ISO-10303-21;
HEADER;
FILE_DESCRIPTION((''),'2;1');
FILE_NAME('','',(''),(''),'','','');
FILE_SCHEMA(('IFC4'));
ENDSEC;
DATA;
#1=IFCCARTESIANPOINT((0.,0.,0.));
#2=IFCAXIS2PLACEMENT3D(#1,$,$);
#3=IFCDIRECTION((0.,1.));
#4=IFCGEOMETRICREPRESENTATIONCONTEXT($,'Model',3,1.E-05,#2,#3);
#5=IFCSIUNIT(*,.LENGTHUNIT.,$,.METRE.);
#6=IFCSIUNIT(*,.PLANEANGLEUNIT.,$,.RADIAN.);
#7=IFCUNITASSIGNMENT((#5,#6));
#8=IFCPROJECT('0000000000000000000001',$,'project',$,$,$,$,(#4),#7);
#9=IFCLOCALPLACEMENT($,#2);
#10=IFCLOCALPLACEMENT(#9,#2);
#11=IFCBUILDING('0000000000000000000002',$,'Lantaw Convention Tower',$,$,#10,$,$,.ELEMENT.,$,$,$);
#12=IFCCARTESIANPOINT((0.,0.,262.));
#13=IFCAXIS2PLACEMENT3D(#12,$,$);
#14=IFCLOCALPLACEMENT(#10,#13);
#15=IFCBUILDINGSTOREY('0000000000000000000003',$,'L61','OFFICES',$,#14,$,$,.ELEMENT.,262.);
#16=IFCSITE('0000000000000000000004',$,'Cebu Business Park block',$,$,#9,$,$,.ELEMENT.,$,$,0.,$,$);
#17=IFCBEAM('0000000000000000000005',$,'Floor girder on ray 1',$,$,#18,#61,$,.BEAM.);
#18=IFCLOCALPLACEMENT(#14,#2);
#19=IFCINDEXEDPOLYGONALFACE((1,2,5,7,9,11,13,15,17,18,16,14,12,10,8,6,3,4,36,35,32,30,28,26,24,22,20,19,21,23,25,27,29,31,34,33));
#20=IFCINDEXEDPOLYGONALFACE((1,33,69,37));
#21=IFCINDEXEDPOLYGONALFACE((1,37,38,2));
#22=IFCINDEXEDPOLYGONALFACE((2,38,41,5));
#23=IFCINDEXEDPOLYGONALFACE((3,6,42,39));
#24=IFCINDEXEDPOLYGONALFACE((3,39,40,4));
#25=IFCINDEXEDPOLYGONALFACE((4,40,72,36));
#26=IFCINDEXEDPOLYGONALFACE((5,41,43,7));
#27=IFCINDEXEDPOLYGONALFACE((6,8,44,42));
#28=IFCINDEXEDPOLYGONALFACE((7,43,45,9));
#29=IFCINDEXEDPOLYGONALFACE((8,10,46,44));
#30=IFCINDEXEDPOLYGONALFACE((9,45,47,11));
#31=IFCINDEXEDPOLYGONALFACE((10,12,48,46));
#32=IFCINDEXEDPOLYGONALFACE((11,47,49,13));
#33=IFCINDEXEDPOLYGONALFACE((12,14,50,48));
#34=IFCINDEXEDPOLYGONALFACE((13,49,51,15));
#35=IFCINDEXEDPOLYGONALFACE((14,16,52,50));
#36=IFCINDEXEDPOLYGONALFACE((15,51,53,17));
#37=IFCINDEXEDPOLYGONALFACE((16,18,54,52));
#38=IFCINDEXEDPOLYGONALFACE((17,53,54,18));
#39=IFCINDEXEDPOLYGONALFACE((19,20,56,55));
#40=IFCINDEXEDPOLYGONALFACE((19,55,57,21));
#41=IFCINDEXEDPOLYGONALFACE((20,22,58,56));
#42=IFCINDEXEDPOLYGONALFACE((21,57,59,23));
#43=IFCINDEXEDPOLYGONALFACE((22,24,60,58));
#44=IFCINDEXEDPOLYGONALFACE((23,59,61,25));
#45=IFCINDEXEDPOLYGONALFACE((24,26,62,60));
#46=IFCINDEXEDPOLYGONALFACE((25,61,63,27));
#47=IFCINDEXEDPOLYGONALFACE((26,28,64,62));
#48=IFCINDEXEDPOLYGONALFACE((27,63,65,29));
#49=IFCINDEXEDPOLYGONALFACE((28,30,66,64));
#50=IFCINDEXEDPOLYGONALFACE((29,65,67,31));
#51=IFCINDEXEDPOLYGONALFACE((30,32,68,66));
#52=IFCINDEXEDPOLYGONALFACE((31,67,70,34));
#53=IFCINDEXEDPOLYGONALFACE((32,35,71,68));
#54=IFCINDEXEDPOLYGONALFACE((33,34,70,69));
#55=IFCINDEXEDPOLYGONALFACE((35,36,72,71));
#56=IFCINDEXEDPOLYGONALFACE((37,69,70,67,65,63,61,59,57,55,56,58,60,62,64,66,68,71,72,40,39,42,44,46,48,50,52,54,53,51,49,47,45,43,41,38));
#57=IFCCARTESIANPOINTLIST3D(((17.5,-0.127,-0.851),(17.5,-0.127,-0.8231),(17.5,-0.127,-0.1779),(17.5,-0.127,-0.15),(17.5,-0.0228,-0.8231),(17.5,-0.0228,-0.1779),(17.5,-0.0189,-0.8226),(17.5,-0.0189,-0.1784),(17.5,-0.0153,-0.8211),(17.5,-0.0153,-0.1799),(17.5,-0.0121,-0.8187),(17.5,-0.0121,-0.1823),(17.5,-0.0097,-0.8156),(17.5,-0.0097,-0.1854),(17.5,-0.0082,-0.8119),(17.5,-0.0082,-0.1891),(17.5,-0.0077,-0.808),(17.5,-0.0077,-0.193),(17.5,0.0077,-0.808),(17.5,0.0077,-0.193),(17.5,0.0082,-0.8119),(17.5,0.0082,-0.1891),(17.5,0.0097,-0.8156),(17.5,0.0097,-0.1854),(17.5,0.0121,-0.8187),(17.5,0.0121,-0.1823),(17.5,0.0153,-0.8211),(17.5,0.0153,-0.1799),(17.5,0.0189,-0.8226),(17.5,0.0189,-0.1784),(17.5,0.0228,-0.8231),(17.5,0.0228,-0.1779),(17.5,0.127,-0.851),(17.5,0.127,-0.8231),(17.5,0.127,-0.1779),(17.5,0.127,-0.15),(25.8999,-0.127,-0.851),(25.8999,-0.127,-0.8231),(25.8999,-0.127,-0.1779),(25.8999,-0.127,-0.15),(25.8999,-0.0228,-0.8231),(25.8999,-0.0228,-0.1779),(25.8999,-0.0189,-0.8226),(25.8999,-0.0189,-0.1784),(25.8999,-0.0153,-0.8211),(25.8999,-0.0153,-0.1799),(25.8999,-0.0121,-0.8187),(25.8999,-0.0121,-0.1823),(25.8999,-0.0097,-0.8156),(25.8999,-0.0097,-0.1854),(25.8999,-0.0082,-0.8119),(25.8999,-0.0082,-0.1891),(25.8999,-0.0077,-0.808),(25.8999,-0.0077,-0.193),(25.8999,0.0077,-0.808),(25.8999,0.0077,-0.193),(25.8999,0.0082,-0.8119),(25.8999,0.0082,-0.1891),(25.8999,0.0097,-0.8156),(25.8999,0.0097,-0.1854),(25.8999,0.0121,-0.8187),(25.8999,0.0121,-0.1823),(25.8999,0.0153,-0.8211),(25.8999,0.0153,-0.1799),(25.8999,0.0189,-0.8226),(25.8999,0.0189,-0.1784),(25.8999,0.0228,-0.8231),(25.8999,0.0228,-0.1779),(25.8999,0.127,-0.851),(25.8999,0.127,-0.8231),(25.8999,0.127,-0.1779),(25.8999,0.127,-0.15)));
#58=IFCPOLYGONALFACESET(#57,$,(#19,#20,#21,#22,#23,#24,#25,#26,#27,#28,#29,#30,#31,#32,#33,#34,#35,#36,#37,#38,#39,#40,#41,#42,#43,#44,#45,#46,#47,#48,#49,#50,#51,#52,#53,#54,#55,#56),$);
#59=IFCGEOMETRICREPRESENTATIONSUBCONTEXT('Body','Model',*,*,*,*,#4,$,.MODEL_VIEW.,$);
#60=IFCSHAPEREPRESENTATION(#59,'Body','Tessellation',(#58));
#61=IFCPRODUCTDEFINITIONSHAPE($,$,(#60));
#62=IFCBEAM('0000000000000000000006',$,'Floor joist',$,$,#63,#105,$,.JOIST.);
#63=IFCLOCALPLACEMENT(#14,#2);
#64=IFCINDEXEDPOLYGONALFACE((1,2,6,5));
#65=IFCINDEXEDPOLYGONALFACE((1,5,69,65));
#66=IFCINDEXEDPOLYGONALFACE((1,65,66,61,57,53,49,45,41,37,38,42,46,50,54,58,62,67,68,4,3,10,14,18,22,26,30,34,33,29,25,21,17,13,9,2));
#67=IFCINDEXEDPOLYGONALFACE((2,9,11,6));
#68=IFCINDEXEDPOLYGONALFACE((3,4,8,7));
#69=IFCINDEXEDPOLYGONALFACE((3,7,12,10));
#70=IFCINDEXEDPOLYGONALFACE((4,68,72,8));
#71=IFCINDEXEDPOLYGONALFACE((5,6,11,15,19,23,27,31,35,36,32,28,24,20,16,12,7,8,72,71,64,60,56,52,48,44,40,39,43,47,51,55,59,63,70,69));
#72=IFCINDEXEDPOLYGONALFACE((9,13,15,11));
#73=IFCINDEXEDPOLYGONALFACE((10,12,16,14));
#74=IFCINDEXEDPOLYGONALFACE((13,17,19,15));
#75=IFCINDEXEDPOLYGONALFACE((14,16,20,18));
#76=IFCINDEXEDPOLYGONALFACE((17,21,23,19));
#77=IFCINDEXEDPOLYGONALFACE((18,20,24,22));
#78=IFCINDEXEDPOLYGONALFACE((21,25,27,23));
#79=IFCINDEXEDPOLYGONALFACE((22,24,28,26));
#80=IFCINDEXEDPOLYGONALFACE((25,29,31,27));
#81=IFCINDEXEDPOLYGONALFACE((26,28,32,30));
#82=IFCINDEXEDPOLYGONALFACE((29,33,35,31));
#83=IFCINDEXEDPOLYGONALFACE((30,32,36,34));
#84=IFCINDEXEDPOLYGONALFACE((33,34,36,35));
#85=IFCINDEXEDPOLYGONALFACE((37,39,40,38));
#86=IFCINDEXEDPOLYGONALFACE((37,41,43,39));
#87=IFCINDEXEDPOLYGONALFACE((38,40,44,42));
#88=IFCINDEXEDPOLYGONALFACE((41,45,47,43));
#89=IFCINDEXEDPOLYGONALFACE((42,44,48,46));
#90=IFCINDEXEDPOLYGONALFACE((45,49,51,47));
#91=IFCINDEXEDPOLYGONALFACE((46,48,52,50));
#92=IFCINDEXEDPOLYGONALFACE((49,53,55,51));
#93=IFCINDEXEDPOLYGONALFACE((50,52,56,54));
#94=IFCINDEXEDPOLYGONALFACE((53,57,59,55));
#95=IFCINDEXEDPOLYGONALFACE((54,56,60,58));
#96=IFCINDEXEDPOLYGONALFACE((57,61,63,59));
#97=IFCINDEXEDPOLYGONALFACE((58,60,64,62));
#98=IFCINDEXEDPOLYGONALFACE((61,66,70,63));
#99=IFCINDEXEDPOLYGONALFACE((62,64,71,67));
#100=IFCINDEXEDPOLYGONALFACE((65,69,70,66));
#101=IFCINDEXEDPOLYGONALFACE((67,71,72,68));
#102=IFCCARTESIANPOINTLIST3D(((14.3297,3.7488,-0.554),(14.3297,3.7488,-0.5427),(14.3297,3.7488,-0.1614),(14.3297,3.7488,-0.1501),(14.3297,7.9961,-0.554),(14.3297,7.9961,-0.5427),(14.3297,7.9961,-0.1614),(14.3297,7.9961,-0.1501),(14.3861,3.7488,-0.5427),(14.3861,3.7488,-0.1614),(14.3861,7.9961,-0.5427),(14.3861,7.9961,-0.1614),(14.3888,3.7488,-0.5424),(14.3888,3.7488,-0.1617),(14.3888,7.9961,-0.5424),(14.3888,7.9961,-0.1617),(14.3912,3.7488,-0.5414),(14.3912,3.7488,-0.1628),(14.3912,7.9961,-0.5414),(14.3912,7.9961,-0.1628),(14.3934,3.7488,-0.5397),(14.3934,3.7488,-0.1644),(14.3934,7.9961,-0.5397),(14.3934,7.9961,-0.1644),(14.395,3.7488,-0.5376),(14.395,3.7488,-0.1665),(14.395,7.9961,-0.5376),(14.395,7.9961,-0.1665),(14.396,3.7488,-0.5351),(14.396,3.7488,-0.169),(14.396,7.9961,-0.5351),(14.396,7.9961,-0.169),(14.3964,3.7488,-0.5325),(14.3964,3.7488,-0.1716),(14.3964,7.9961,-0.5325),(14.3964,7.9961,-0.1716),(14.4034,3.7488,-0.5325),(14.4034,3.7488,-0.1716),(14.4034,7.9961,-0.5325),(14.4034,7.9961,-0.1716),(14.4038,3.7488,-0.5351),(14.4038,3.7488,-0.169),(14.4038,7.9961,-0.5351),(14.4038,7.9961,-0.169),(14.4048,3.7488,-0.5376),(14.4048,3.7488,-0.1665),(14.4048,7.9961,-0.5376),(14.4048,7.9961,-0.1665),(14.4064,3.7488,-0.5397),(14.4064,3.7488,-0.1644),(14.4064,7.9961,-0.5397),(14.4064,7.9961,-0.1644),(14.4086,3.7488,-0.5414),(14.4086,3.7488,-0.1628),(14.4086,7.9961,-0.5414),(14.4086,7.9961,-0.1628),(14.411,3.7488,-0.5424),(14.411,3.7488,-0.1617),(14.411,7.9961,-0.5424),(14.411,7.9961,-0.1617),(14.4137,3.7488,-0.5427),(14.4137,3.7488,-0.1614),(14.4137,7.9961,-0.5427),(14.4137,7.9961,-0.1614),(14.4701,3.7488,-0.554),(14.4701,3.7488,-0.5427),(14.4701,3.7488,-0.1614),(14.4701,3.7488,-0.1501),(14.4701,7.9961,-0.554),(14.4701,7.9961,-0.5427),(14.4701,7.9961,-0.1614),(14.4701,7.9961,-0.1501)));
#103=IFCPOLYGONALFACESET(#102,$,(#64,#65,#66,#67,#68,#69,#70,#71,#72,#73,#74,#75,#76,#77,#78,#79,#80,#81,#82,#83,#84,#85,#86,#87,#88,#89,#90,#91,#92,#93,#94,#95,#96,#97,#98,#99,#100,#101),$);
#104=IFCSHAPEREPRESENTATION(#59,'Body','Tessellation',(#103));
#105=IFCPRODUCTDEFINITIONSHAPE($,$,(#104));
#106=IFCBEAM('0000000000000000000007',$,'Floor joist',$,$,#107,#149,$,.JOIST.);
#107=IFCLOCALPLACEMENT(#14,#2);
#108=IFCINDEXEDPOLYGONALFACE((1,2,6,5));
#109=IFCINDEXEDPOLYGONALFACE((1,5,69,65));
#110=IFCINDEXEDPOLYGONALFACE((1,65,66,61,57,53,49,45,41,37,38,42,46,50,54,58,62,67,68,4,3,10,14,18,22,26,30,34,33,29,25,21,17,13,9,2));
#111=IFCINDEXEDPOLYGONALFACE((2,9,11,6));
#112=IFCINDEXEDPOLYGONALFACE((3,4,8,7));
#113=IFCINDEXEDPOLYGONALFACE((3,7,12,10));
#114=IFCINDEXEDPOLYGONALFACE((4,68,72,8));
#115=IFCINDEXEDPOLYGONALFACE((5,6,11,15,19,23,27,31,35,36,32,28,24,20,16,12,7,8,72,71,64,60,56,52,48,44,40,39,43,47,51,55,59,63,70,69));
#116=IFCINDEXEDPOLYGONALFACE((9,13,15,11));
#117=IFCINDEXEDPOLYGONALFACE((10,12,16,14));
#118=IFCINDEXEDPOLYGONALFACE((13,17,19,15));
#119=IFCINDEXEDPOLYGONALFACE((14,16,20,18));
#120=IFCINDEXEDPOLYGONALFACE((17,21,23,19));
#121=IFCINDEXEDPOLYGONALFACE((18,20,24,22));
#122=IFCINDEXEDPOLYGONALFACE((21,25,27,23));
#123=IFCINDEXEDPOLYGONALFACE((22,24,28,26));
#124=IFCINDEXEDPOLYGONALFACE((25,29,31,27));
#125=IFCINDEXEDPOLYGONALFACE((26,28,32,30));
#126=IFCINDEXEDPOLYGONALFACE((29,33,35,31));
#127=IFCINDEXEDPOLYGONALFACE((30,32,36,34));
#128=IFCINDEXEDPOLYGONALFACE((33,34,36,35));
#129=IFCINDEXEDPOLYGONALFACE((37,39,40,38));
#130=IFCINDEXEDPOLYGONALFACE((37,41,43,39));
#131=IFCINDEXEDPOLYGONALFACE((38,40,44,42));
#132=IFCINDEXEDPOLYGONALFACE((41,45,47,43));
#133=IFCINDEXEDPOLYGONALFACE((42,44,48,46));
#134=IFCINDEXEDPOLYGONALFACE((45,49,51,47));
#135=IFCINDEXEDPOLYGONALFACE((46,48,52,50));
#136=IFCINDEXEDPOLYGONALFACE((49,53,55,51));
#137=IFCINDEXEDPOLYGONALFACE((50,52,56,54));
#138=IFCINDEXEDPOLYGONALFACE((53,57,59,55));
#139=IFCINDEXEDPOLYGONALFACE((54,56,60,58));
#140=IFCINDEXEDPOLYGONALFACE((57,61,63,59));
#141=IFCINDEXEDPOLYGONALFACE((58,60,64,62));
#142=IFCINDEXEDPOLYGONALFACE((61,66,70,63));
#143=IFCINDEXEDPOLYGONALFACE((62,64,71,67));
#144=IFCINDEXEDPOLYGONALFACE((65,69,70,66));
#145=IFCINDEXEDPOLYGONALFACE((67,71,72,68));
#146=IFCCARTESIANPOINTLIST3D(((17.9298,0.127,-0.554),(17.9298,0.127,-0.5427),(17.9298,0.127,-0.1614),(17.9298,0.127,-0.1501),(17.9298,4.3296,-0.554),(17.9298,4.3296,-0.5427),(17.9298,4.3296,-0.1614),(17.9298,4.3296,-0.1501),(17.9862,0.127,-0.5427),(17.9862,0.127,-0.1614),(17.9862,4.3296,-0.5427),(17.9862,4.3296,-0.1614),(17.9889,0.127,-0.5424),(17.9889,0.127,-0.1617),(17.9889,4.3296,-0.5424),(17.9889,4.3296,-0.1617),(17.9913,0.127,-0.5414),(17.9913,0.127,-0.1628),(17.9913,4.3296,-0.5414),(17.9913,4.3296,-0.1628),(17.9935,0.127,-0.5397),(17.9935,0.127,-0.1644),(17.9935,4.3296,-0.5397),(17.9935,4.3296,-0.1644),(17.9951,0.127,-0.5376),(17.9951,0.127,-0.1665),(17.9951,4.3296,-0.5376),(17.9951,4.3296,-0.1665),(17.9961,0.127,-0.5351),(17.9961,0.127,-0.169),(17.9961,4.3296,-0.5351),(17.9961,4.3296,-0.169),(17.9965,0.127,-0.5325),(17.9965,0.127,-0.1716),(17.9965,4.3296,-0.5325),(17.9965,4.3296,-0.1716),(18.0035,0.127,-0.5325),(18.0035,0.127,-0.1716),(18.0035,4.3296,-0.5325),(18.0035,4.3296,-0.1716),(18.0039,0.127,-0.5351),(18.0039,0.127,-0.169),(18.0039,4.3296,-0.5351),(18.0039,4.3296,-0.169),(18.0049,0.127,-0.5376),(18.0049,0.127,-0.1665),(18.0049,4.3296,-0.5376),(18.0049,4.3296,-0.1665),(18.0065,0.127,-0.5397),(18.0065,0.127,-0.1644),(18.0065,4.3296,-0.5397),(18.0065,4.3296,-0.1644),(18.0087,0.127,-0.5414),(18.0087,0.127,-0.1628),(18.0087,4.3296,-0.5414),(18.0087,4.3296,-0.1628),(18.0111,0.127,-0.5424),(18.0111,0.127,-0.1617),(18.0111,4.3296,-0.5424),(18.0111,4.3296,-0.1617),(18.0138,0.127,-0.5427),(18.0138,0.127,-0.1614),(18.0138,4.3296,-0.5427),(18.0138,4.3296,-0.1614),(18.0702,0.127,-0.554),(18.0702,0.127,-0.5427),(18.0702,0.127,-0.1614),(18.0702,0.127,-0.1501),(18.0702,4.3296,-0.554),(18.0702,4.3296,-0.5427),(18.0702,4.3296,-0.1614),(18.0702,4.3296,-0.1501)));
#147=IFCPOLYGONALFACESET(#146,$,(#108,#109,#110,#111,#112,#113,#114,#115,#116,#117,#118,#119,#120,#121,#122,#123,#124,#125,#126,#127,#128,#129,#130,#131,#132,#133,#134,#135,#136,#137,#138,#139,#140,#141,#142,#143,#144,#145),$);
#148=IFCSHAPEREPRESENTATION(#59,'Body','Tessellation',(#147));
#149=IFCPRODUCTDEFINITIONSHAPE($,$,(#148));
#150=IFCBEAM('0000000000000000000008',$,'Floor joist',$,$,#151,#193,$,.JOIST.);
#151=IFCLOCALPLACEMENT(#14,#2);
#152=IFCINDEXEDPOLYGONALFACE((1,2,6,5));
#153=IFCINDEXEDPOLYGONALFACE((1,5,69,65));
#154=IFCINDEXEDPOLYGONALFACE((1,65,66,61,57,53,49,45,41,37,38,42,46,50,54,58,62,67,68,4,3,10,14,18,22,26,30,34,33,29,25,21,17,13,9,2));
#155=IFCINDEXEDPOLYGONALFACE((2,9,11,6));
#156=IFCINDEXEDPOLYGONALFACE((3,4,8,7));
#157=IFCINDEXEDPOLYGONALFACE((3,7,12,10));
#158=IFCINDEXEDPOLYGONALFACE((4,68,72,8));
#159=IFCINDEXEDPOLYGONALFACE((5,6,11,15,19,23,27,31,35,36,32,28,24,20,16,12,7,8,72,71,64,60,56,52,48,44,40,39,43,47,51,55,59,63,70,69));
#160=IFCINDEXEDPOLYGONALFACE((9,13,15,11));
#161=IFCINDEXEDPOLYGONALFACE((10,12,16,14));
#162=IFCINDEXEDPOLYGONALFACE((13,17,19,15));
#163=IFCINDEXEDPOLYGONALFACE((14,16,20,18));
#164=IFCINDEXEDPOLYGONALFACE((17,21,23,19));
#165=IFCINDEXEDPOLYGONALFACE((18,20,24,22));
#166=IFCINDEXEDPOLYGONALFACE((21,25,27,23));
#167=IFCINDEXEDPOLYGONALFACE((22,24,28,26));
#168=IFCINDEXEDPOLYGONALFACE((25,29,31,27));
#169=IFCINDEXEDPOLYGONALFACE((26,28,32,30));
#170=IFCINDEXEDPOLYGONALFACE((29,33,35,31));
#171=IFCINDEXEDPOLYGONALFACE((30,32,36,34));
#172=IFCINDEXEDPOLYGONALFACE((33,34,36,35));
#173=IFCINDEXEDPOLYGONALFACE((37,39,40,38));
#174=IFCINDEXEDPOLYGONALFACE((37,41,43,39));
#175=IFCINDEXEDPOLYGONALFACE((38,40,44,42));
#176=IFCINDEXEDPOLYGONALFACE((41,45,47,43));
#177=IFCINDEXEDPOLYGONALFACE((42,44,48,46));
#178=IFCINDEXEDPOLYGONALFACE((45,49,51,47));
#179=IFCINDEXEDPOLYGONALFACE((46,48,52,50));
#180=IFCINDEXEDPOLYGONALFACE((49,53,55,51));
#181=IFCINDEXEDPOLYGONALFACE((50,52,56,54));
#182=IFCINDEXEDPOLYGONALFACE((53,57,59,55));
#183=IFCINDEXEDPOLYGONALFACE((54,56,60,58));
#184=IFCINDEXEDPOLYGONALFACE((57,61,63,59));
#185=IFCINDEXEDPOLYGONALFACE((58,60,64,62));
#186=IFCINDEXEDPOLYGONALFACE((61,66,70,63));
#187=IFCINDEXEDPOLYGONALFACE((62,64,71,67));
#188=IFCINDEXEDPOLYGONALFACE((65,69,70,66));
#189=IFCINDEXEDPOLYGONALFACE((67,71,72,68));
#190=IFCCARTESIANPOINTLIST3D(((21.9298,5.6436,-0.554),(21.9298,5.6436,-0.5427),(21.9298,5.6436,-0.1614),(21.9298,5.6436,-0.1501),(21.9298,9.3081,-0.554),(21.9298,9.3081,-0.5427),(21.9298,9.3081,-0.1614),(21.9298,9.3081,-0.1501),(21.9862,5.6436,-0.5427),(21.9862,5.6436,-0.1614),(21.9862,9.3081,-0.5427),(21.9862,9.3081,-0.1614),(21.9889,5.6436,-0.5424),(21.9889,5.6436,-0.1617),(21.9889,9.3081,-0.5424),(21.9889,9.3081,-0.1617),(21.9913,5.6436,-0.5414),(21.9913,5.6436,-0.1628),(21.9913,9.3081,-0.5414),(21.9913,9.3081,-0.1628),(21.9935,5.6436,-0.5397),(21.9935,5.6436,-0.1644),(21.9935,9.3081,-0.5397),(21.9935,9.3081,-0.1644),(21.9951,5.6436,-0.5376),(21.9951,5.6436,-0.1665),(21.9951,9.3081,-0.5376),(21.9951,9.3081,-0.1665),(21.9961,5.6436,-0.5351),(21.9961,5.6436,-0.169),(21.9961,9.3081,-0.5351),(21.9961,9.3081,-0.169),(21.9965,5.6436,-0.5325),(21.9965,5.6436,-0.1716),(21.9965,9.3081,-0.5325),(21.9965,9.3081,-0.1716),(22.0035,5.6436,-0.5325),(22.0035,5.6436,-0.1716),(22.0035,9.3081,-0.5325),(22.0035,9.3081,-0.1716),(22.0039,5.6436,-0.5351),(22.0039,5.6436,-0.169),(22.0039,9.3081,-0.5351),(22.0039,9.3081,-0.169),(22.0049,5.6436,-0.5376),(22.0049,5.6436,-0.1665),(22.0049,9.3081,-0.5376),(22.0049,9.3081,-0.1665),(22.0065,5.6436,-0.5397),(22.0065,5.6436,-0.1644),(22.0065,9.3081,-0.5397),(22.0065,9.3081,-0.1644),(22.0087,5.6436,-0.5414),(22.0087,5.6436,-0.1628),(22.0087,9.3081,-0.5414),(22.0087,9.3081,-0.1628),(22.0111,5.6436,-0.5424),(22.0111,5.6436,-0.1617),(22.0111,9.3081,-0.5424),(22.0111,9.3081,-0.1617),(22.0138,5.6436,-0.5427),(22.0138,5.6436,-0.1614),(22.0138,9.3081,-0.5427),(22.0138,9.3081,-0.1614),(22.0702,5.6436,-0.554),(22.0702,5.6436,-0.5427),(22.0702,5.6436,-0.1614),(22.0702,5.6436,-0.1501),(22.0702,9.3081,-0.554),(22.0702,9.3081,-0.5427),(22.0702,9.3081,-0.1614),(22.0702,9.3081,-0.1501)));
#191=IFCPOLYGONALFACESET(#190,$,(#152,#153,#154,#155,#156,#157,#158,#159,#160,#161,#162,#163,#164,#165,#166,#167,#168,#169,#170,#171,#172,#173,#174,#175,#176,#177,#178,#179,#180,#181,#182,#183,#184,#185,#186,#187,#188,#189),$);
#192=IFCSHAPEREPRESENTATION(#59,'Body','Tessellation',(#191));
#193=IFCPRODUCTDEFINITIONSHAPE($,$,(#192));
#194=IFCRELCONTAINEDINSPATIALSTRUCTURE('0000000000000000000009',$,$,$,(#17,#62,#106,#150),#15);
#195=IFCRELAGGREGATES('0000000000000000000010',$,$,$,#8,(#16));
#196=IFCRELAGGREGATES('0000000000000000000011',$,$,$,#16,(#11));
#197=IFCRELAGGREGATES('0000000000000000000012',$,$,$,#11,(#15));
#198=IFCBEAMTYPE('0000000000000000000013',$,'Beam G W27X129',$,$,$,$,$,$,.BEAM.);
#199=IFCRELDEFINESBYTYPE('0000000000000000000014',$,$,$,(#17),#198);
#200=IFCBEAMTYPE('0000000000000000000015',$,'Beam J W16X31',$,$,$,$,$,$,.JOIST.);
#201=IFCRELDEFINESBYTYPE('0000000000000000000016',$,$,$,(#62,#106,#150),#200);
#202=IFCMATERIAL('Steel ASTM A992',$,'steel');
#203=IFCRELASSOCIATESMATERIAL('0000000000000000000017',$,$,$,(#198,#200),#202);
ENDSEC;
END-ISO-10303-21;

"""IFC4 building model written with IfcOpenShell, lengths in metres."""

from ifc_helpers import new_model, si_unit, direction, frame, origin, origin_2d, place, context, subcontext, project, spatial, i_section, extrude, material, material_profile, profile_set, type_object, element, save


model = new_model("IFC4")

# Units and contexts
model_context = context("Model", 3, precision=1e-05, world=origin(), true_north=direction((0.0, 1.0)))
body_context = subcontext(model_context, "Body", "Model", "MODEL_VIEW")
ifc_project = project(units=[si_unit("LENGTHUNIT", "METRE"), si_unit("PLANEANGLEUNIT", "RADIAN")], contexts=[model_context])

# Site, building, storey
site_placement = place(None, origin())
site = spatial("IfcSite", under=ifc_project, at=site_placement, Name="Cebu Business Park block", CompositionType="ELEMENT", RefElevation=0.0)
building_placement = place(site_placement, origin())
building = spatial("IfcBuilding", under=site, at=building_placement, Name="Lantaw Convention Tower", CompositionType="ELEMENT")
storey_placement = place(building_placement, frame((0.0, 0.0, 262.0)))
storey = spatial("IfcBuildingStorey", under=building, at=storey_placement, Name="L61", Description="OFFICES", CompositionType="ELEMENT", Elevation=262.0)

# Beams
ifc_material_1 = material(Name="Steel ASTM A992", Category="steel")
ifc_material_profile_1 = material_profile(ifc_material_1, i_section(OverallWidth=0.2539, OverallDepth=0.7009, WebThickness=0.0154, FlangeThickness=0.0278, FilletRadius=0.0151, at=origin_2d()), Name="W27X129")
ifc_profile_set_1 = profile_set([ifc_material_profile_1], Name="Steel ASTM A992")
beam_type_1 = type_object("IfcBeamType", Name="Beam G W27X129", PredefinedType="BEAM", material=ifc_profile_set_1)
beam_1_placement = place(storey_placement, frame((17.5, 0.0, -0.5005), z_axis=(1.0, 0.0, 0.0), x_axis=(0.0, 1.0, 0.0)))
element("IfcBeam", 1, at=beam_1_placement, inside=storey, type_object=beam_type_1, Name="Floor girder on ray 1", PredefinedType="BEAM", context=body_context, shape_type="SweptSolid", body=[
    extrude(i_section(OverallWidth=0.2539, OverallDepth=0.7009, WebThickness=0.0154, FlangeThickness=0.0278, FilletRadius=0.0151, at=origin_2d()), origin(), (0.0, 0.0, 1.0), 8.3999),
])
ifc_material_profile_2 = material_profile(ifc_material_1, i_section(OverallWidth=0.1404, OverallDepth=0.4038, WebThickness=0.0071, FlangeThickness=0.0112, FilletRadius=0.0103, at=origin_2d()), Name="W16X31")
ifc_profile_set_2 = profile_set([ifc_material_profile_2], Name="Steel ASTM A992")
beam_type_2 = type_object("IfcBeamType", Name="Beam J W16X31", PredefinedType="JOIST", material=ifc_profile_set_2)
beam_2_placement = place(storey_placement, frame((14.3999, 3.7488, -0.3521), z_axis=(0.0, 1.0, 0.0), x_axis=(-1.0, 0.0, 0.0)))
element("IfcBeam", 2, at=beam_2_placement, inside=storey, type_object=beam_type_2, Name="Floor joist", PredefinedType="JOIST", context=body_context, shape_type="SweptSolid", body=[
    extrude(i_section(OverallWidth=0.1404, OverallDepth=0.4038, WebThickness=0.0071, FlangeThickness=0.0112, FilletRadius=0.0103, at=origin_2d()), origin(), (0.0, 0.0, 1.0), 4.2473),
])
beam_3_placement = place(storey_placement, frame((18.0, 0.127, -0.3521), z_axis=(0.0, 1.0, 0.0), x_axis=(-1.0, 0.0, 0.0)))
element("IfcBeam", 3, at=beam_3_placement, inside=storey, type_object=beam_type_2, Name="Floor joist", PredefinedType="JOIST", context=body_context, shape_type="SweptSolid", body=[
    extrude(i_section(OverallWidth=0.1404, OverallDepth=0.4038, WebThickness=0.0071, FlangeThickness=0.0112, FilletRadius=0.0103, at=origin_2d()), origin(), (0.0, 0.0, 1.0), 4.2026),
])
beam_4_placement = place(storey_placement, frame((22.0, 5.6436, -0.3521), z_axis=(0.0, 1.0, 0.0), x_axis=(-1.0, 0.0, 0.0)))
element("IfcBeam", 4, at=beam_4_placement, inside=storey, type_object=beam_type_2, Name="Floor joist", PredefinedType="JOIST", context=body_context, shape_type="SweptSolid", body=[
    extrude(i_section(OverallWidth=0.1404, OverallDepth=0.4038, WebThickness=0.0071, FlangeThickness=0.0112, FilletRadius=0.0103, at=origin_2d()), origin(), (0.0, 0.0, 1.0), 3.6646),
])

save(model, "model.ifc")
